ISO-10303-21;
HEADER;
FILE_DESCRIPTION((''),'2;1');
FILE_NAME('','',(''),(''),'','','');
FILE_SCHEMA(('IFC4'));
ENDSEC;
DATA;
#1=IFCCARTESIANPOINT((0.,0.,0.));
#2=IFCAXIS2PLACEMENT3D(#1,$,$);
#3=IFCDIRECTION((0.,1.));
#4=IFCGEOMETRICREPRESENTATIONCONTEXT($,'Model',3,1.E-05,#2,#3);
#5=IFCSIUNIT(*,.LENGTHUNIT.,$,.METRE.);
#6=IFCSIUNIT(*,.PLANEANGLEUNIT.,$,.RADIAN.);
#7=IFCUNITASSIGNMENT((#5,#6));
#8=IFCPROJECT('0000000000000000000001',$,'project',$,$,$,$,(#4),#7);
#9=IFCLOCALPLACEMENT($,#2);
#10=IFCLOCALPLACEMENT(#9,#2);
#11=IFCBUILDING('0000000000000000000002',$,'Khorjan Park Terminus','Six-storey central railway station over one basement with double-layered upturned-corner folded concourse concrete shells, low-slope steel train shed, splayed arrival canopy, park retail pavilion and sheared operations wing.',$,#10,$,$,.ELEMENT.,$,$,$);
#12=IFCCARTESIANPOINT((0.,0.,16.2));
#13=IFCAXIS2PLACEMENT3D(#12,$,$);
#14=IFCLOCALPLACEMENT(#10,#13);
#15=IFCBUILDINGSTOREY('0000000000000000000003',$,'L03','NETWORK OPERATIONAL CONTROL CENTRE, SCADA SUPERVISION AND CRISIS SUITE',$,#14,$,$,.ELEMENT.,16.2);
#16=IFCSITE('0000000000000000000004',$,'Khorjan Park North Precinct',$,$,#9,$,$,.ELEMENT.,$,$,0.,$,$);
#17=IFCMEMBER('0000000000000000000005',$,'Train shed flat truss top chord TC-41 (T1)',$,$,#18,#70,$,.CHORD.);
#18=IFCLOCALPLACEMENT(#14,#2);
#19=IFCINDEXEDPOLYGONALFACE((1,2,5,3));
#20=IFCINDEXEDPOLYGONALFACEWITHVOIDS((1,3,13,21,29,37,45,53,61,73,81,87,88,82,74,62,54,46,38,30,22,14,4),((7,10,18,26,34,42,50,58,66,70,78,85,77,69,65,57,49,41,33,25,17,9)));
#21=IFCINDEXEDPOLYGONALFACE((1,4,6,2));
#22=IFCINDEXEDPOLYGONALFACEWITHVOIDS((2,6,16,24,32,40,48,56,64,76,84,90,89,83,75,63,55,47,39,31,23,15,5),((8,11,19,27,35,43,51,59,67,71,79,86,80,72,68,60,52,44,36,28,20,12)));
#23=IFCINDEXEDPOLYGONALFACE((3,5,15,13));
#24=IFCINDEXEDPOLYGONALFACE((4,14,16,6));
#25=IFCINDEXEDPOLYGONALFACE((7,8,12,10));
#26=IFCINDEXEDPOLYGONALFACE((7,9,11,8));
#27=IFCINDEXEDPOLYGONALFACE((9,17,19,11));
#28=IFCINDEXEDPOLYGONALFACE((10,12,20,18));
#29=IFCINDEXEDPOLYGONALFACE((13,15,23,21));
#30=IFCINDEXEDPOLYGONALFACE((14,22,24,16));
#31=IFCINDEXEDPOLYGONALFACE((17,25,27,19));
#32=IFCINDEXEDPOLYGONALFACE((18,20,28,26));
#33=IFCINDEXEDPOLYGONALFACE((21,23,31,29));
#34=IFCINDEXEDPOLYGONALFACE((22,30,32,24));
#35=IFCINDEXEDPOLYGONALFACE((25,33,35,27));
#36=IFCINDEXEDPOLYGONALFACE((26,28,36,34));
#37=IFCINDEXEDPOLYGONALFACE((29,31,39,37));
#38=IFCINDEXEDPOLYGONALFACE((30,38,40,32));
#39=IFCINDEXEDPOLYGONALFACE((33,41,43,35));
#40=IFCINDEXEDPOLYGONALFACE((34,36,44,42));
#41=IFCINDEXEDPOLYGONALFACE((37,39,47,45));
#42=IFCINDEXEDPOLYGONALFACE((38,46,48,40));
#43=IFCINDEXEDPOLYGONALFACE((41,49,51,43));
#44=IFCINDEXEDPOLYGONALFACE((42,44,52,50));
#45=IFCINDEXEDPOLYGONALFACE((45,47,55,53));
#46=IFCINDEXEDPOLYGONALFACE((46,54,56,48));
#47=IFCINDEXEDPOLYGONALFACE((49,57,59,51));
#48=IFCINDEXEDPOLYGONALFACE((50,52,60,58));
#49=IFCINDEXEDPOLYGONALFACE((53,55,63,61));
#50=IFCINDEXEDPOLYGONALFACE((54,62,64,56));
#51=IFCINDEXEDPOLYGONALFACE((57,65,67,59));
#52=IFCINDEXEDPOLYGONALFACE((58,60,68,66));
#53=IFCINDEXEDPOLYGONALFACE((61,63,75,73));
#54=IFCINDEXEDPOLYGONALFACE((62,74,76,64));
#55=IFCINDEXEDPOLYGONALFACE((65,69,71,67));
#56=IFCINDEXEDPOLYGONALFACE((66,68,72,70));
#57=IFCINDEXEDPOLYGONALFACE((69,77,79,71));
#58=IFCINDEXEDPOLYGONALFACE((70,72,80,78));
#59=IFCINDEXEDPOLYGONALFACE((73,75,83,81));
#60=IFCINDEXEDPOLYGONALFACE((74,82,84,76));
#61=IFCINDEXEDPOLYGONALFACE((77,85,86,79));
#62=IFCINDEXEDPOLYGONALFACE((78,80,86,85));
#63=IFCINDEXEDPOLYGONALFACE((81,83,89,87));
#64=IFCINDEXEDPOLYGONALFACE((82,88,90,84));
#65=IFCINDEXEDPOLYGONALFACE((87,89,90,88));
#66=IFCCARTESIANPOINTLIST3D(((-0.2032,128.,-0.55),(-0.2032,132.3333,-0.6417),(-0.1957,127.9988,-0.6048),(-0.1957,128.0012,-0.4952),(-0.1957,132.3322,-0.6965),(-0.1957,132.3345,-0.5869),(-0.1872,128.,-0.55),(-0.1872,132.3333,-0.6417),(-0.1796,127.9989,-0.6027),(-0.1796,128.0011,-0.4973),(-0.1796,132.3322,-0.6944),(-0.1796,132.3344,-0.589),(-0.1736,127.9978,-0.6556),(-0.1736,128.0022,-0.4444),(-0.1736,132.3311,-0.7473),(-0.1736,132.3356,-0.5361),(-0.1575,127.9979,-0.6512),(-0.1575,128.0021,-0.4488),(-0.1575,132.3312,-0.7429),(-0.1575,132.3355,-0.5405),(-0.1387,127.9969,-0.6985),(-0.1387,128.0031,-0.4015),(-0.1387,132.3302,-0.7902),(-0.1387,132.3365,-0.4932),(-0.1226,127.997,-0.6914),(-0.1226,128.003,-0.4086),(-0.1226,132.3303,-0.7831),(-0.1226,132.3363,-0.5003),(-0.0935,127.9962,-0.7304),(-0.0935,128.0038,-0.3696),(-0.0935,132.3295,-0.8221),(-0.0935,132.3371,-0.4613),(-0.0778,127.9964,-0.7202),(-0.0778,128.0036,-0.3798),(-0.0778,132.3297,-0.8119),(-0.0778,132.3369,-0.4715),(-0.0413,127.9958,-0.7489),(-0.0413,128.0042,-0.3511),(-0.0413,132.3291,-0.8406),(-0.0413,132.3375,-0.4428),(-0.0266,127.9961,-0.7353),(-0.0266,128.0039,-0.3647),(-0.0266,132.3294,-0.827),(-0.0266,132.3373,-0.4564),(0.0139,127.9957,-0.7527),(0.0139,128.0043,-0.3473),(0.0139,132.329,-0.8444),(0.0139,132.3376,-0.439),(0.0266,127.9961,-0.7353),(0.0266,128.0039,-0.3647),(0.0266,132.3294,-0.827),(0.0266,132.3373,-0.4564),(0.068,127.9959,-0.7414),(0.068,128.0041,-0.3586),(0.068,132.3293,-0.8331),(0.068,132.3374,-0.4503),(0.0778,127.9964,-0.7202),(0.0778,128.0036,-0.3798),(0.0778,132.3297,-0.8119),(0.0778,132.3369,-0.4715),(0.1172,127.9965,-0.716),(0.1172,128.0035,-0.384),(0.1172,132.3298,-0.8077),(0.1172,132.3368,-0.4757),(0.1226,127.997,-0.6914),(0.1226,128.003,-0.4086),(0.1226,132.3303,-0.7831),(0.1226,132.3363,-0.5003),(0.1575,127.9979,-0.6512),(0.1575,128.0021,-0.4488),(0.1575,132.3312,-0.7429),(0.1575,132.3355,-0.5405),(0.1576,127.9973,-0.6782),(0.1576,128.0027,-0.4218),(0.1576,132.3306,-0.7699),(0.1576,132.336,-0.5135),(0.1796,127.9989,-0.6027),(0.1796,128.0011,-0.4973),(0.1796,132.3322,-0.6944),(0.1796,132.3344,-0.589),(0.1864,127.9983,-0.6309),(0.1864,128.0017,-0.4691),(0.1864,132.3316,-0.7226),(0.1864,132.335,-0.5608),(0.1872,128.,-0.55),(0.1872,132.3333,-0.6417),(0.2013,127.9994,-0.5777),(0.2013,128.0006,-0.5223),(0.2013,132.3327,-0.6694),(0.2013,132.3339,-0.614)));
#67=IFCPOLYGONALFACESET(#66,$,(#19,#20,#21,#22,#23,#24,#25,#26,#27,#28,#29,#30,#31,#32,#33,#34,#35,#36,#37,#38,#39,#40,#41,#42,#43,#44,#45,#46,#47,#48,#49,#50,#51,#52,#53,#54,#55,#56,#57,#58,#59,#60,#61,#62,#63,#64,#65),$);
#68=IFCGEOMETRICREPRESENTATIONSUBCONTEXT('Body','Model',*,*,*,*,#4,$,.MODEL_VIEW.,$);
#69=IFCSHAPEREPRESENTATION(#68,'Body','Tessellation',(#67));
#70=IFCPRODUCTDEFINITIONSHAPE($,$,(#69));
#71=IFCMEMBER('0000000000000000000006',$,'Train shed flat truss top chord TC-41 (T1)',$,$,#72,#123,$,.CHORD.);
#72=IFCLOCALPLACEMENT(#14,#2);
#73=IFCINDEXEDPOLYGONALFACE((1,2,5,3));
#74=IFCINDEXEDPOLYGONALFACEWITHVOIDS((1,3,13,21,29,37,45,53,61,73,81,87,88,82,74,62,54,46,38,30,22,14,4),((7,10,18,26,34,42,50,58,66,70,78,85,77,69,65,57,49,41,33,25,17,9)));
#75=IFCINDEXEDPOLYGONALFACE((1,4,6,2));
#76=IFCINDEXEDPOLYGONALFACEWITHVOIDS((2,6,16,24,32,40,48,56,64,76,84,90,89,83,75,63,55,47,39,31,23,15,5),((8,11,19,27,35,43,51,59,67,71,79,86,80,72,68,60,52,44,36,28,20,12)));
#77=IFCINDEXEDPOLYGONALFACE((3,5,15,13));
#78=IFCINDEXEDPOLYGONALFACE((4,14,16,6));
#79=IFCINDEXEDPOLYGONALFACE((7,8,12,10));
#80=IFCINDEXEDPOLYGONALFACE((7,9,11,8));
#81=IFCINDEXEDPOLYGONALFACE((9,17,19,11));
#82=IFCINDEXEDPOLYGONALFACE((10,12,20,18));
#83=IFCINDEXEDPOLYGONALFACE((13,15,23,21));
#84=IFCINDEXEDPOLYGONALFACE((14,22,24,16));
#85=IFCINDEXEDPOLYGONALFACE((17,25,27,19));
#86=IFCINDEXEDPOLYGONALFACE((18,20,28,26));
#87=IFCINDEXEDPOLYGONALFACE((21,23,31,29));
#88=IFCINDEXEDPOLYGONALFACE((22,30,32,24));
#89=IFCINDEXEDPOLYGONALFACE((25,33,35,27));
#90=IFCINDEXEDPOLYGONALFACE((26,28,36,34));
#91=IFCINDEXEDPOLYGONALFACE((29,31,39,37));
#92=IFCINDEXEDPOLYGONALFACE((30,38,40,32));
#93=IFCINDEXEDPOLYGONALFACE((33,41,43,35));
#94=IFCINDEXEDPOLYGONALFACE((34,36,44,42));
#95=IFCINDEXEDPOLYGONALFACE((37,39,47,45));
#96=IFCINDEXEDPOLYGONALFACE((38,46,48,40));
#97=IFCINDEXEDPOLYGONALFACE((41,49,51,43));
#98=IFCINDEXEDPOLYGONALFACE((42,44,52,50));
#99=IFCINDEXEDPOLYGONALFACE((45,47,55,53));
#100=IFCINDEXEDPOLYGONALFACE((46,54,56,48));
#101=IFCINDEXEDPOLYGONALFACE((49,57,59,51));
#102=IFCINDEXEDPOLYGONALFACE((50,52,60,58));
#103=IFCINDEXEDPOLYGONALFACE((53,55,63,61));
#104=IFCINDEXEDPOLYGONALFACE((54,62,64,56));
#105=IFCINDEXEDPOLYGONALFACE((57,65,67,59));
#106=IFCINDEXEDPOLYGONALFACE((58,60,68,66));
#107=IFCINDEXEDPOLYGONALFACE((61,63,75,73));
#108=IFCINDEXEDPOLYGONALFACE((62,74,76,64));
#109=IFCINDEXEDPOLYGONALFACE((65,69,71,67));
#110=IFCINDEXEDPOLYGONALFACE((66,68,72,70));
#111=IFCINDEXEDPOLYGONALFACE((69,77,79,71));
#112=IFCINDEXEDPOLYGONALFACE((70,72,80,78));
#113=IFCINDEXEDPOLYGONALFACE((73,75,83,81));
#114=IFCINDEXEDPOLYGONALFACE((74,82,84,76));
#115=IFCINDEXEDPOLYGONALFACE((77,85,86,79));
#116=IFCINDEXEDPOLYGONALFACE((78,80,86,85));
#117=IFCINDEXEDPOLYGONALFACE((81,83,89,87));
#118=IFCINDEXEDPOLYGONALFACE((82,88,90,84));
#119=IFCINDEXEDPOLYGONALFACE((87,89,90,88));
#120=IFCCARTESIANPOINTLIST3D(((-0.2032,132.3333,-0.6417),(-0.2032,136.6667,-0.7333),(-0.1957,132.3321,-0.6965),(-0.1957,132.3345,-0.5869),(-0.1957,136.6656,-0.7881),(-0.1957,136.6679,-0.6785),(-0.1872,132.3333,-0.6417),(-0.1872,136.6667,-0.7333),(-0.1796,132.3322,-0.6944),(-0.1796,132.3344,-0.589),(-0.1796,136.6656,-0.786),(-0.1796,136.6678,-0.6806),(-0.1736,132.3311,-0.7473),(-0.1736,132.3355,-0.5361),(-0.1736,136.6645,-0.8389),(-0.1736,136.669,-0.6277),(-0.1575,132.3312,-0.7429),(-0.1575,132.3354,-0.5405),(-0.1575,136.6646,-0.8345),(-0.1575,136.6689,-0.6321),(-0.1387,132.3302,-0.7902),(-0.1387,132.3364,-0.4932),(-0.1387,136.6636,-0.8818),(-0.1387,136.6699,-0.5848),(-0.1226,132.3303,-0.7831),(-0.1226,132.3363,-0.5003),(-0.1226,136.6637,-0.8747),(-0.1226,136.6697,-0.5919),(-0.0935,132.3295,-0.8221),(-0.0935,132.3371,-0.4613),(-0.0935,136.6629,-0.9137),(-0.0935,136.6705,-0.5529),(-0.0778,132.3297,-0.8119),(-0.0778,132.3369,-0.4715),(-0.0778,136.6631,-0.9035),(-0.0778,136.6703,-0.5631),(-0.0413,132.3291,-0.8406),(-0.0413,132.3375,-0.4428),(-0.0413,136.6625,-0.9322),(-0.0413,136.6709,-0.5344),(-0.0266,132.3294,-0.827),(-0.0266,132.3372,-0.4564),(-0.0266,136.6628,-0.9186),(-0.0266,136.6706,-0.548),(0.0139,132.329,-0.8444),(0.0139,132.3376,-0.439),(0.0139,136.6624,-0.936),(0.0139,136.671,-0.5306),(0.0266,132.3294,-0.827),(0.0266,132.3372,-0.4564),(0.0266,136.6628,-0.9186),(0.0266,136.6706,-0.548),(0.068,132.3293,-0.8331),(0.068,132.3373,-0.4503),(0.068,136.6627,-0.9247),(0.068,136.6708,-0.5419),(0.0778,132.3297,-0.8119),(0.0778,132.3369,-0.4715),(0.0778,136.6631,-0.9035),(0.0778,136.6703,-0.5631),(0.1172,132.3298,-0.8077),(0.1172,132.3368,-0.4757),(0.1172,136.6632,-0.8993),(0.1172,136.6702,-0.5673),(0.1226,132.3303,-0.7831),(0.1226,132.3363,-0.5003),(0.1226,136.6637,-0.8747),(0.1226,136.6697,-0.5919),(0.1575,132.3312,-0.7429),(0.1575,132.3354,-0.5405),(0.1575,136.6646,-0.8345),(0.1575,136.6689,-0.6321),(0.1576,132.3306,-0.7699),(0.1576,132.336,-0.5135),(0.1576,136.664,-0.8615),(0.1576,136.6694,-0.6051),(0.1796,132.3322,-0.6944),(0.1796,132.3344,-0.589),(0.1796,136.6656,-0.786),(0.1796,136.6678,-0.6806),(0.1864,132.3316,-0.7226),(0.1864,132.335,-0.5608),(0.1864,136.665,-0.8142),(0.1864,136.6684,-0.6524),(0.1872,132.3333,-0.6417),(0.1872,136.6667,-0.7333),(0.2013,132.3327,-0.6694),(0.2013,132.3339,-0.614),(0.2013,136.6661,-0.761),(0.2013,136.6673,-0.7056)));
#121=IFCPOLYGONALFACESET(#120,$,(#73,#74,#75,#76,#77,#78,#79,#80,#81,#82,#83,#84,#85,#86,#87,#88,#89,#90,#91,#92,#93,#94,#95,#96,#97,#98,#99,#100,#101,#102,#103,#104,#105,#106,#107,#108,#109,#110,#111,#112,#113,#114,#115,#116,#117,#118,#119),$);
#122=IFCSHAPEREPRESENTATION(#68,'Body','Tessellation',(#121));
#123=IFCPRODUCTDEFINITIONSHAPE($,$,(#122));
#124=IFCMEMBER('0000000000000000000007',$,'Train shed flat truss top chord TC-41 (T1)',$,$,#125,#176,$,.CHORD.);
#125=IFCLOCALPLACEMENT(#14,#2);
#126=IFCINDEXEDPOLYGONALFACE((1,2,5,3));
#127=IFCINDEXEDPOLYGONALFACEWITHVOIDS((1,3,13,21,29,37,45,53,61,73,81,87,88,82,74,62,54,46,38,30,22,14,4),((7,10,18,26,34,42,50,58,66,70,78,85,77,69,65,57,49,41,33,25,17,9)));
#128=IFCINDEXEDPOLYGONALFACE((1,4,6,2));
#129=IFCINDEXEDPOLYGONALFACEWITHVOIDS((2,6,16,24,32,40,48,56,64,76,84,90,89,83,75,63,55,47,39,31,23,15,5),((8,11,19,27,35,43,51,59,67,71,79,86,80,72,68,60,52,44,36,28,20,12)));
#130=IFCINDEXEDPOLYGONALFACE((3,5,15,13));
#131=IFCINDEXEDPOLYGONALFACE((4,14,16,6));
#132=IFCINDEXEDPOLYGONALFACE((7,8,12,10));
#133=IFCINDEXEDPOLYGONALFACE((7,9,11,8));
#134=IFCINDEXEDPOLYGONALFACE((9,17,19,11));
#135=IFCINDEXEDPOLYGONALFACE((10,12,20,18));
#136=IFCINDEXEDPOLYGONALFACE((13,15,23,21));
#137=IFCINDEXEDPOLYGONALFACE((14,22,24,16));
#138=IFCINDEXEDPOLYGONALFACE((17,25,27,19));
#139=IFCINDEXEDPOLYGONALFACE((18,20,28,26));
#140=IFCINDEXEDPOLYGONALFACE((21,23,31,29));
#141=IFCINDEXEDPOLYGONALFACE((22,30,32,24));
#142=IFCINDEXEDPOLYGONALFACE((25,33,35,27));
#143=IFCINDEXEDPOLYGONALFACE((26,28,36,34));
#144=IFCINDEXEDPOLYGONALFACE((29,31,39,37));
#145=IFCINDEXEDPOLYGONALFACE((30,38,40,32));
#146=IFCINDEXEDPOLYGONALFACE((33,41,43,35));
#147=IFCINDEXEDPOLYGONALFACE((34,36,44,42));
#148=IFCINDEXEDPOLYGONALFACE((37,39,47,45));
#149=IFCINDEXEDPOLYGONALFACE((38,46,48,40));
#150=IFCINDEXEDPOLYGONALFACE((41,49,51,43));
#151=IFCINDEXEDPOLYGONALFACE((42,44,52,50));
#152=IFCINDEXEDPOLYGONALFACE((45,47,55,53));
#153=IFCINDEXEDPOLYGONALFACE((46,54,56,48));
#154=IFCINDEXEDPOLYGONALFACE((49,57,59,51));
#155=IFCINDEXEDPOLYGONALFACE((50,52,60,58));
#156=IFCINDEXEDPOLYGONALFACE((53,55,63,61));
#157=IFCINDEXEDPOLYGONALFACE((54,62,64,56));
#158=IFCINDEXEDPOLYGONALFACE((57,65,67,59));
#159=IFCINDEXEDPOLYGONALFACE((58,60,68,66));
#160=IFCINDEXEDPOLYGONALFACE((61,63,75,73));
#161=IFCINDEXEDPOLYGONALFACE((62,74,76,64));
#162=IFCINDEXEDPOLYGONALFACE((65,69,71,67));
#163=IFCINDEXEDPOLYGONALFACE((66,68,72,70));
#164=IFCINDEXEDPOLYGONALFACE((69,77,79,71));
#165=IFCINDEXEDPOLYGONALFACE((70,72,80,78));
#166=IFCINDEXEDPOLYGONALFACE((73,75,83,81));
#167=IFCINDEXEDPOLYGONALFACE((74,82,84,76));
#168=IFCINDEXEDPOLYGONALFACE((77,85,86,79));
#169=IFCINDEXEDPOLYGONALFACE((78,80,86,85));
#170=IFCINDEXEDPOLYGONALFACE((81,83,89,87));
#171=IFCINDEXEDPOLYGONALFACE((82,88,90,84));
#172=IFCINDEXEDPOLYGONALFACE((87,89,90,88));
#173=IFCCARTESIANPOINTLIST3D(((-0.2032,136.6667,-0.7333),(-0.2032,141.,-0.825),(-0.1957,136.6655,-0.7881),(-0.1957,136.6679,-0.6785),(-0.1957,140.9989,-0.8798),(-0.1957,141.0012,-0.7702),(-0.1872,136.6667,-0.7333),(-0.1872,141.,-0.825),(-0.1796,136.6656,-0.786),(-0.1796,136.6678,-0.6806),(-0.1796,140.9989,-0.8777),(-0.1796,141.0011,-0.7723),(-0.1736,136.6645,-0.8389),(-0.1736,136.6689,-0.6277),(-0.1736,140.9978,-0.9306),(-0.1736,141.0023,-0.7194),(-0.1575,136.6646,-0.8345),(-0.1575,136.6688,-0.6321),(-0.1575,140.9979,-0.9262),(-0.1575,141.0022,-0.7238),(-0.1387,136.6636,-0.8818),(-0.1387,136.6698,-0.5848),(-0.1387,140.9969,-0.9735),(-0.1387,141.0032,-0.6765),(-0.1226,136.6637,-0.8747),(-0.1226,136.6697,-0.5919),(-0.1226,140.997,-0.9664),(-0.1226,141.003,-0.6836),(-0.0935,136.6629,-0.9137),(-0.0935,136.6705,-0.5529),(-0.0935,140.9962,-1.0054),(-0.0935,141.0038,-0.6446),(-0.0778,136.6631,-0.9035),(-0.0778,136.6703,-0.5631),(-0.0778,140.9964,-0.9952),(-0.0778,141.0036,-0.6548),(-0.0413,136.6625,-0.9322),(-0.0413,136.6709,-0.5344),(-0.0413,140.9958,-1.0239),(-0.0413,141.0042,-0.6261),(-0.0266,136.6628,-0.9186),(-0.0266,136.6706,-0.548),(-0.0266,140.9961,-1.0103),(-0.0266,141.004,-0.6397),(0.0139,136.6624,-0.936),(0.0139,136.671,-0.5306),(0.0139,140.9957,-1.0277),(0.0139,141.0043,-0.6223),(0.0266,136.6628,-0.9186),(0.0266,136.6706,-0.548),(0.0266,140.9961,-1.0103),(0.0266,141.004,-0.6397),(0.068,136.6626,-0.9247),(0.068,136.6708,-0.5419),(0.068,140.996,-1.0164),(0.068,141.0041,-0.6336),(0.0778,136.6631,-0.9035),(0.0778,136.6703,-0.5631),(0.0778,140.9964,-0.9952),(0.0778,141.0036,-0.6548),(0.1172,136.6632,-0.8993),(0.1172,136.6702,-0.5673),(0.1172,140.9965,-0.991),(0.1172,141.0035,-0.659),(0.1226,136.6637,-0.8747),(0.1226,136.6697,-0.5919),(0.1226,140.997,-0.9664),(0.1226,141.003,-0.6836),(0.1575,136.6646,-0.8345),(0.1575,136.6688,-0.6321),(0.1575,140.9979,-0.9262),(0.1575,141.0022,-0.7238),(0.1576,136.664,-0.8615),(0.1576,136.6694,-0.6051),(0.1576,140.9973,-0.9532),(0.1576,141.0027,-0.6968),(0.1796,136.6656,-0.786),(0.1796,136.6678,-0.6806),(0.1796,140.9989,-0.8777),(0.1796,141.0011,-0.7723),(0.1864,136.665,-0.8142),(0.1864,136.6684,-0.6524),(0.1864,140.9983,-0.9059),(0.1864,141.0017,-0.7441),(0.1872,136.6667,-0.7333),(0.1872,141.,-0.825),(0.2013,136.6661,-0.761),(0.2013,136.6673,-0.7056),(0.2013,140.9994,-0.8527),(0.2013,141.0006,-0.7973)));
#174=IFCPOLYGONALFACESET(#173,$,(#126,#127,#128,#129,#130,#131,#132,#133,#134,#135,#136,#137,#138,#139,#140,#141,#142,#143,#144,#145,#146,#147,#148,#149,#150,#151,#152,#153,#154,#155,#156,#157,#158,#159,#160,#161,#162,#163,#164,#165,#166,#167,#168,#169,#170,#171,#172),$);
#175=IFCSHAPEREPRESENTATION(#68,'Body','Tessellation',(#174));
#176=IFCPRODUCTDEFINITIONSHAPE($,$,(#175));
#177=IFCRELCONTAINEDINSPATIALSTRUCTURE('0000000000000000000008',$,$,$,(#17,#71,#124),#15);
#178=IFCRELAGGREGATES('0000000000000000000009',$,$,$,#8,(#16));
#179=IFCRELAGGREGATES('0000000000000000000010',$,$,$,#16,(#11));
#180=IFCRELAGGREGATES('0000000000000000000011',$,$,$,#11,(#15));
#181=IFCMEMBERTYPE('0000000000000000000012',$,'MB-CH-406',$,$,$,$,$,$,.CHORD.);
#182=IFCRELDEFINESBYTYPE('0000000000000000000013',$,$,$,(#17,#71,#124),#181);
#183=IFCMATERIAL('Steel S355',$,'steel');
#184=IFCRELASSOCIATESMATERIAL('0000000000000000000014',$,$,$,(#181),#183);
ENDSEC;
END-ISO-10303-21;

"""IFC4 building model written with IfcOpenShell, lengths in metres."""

from ifc_helpers import new_model, si_unit, direction, frame, origin, origin_2d, place, context, subcontext, project, spatial, hollow_circle, extrude, material, material_profile, profile_set, type_object, element, save


model = new_model("IFC4")

# Units and contexts
model_context = context("Model", 3, precision=1e-05, world=origin(), true_north=direction((0.0, 1.0)))
body_context = subcontext(model_context, "Body", "Model", "MODEL_VIEW")
ifc_project = project(units=[si_unit("LENGTHUNIT", "METRE"), si_unit("PLANEANGLEUNIT", "RADIAN")], contexts=[model_context])

# Site, building, storey
site_placement = place(None, origin())
site = spatial("IfcSite", under=ifc_project, at=site_placement, Name="Khorjan Park North Precinct", CompositionType="ELEMENT", RefElevation=0.0)
building_placement = place(site_placement, origin())
building = spatial("IfcBuilding", under=site, at=building_placement, Name="Khorjan Park Terminus", Description="Six-storey central railway station over one basement with double-layered upturned-corner folded concourse concrete shells, low-slope steel train shed, splayed arrival canopy, park retail pavilion and sheared operations wing.", CompositionType="ELEMENT")
storey_placement = place(building_placement, frame((0.0, 0.0, 16.2)))
storey = spatial("IfcBuildingStorey", under=building, at=storey_placement, Name="L03", Description="NETWORK OPERATIONAL CONTROL CENTRE, SCADA SUPERVISION AND CRISIS SUITE", CompositionType="ELEMENT", Elevation=16.2)

# Members
ifc_material_1 = material(Name="Steel S355", Category="steel")
ifc_material_profile_1 = material_profile(ifc_material_1, hollow_circle(Radius=0.2032, WallThickness=0.016, at=origin_2d()), Name="CHS 406.4x16")
ifc_profile_set_1 = profile_set([ifc_material_profile_1], Name="Steel S355")
member_type_1 = type_object("IfcMemberType", Name="MB-CH-406", PredefinedType="CHORD", material=ifc_profile_set_1)
member_1_placement = place(storey_placement, frame((0.0, 128.0, -0.55), z_axis=(0.0, 0.999776, -0.021157), x_axis=(-1.0, 0.0, 0.0)))
element("IfcMember", 1, at=member_1_placement, inside=storey, type_object=member_type_1, Name="Train shed flat truss top chord TC-41 (T1)", PredefinedType="CHORD", context=body_context, shape_type="SweptSolid", body=[
    extrude(hollow_circle(Radius=0.2032, WallThickness=0.016, at=origin_2d()), origin(), (0.0, 0.0, 1.0), 4.3343),
])
member_2_placement = place(storey_placement, frame((0.0, 132.3333, -0.6417), z_axis=(0.0, 0.999777, -0.021133), x_axis=(-1.0, 0.0, 0.0)))
element("IfcMember", 2, at=member_2_placement, inside=storey, type_object=member_type_1, Name="Train shed flat truss top chord TC-41 (T1)", PredefinedType="CHORD", context=body_context, shape_type="SweptSolid", body=[
    extrude(hollow_circle(Radius=0.2032, WallThickness=0.016, at=origin_2d()), origin(), (0.0, 0.0, 1.0), 4.3344),
])
for number, where, z_axis, x_axis, name in (
    (3, (0.0, 136.6667, -0.7333), (0.0, 0.999776, -0.021157), (-1.0, 0.0, 0.0), "Train shed flat truss top chord TC-41 (T1)"),
):
    element("IfcMember", number, at=place(storey_placement, frame(where, z_axis=z_axis, x_axis=x_axis)), inside=storey, type_object=member_type_1, Name=name, PredefinedType="CHORD", context=body_context, shape_type="SweptSolid", body=[
        extrude(hollow_circle(Radius=0.2032, WallThickness=0.016, at=origin_2d()), origin(), (0.0, 0.0, 1.0), 4.3343),
    ])

save(model, "model.ifc")
